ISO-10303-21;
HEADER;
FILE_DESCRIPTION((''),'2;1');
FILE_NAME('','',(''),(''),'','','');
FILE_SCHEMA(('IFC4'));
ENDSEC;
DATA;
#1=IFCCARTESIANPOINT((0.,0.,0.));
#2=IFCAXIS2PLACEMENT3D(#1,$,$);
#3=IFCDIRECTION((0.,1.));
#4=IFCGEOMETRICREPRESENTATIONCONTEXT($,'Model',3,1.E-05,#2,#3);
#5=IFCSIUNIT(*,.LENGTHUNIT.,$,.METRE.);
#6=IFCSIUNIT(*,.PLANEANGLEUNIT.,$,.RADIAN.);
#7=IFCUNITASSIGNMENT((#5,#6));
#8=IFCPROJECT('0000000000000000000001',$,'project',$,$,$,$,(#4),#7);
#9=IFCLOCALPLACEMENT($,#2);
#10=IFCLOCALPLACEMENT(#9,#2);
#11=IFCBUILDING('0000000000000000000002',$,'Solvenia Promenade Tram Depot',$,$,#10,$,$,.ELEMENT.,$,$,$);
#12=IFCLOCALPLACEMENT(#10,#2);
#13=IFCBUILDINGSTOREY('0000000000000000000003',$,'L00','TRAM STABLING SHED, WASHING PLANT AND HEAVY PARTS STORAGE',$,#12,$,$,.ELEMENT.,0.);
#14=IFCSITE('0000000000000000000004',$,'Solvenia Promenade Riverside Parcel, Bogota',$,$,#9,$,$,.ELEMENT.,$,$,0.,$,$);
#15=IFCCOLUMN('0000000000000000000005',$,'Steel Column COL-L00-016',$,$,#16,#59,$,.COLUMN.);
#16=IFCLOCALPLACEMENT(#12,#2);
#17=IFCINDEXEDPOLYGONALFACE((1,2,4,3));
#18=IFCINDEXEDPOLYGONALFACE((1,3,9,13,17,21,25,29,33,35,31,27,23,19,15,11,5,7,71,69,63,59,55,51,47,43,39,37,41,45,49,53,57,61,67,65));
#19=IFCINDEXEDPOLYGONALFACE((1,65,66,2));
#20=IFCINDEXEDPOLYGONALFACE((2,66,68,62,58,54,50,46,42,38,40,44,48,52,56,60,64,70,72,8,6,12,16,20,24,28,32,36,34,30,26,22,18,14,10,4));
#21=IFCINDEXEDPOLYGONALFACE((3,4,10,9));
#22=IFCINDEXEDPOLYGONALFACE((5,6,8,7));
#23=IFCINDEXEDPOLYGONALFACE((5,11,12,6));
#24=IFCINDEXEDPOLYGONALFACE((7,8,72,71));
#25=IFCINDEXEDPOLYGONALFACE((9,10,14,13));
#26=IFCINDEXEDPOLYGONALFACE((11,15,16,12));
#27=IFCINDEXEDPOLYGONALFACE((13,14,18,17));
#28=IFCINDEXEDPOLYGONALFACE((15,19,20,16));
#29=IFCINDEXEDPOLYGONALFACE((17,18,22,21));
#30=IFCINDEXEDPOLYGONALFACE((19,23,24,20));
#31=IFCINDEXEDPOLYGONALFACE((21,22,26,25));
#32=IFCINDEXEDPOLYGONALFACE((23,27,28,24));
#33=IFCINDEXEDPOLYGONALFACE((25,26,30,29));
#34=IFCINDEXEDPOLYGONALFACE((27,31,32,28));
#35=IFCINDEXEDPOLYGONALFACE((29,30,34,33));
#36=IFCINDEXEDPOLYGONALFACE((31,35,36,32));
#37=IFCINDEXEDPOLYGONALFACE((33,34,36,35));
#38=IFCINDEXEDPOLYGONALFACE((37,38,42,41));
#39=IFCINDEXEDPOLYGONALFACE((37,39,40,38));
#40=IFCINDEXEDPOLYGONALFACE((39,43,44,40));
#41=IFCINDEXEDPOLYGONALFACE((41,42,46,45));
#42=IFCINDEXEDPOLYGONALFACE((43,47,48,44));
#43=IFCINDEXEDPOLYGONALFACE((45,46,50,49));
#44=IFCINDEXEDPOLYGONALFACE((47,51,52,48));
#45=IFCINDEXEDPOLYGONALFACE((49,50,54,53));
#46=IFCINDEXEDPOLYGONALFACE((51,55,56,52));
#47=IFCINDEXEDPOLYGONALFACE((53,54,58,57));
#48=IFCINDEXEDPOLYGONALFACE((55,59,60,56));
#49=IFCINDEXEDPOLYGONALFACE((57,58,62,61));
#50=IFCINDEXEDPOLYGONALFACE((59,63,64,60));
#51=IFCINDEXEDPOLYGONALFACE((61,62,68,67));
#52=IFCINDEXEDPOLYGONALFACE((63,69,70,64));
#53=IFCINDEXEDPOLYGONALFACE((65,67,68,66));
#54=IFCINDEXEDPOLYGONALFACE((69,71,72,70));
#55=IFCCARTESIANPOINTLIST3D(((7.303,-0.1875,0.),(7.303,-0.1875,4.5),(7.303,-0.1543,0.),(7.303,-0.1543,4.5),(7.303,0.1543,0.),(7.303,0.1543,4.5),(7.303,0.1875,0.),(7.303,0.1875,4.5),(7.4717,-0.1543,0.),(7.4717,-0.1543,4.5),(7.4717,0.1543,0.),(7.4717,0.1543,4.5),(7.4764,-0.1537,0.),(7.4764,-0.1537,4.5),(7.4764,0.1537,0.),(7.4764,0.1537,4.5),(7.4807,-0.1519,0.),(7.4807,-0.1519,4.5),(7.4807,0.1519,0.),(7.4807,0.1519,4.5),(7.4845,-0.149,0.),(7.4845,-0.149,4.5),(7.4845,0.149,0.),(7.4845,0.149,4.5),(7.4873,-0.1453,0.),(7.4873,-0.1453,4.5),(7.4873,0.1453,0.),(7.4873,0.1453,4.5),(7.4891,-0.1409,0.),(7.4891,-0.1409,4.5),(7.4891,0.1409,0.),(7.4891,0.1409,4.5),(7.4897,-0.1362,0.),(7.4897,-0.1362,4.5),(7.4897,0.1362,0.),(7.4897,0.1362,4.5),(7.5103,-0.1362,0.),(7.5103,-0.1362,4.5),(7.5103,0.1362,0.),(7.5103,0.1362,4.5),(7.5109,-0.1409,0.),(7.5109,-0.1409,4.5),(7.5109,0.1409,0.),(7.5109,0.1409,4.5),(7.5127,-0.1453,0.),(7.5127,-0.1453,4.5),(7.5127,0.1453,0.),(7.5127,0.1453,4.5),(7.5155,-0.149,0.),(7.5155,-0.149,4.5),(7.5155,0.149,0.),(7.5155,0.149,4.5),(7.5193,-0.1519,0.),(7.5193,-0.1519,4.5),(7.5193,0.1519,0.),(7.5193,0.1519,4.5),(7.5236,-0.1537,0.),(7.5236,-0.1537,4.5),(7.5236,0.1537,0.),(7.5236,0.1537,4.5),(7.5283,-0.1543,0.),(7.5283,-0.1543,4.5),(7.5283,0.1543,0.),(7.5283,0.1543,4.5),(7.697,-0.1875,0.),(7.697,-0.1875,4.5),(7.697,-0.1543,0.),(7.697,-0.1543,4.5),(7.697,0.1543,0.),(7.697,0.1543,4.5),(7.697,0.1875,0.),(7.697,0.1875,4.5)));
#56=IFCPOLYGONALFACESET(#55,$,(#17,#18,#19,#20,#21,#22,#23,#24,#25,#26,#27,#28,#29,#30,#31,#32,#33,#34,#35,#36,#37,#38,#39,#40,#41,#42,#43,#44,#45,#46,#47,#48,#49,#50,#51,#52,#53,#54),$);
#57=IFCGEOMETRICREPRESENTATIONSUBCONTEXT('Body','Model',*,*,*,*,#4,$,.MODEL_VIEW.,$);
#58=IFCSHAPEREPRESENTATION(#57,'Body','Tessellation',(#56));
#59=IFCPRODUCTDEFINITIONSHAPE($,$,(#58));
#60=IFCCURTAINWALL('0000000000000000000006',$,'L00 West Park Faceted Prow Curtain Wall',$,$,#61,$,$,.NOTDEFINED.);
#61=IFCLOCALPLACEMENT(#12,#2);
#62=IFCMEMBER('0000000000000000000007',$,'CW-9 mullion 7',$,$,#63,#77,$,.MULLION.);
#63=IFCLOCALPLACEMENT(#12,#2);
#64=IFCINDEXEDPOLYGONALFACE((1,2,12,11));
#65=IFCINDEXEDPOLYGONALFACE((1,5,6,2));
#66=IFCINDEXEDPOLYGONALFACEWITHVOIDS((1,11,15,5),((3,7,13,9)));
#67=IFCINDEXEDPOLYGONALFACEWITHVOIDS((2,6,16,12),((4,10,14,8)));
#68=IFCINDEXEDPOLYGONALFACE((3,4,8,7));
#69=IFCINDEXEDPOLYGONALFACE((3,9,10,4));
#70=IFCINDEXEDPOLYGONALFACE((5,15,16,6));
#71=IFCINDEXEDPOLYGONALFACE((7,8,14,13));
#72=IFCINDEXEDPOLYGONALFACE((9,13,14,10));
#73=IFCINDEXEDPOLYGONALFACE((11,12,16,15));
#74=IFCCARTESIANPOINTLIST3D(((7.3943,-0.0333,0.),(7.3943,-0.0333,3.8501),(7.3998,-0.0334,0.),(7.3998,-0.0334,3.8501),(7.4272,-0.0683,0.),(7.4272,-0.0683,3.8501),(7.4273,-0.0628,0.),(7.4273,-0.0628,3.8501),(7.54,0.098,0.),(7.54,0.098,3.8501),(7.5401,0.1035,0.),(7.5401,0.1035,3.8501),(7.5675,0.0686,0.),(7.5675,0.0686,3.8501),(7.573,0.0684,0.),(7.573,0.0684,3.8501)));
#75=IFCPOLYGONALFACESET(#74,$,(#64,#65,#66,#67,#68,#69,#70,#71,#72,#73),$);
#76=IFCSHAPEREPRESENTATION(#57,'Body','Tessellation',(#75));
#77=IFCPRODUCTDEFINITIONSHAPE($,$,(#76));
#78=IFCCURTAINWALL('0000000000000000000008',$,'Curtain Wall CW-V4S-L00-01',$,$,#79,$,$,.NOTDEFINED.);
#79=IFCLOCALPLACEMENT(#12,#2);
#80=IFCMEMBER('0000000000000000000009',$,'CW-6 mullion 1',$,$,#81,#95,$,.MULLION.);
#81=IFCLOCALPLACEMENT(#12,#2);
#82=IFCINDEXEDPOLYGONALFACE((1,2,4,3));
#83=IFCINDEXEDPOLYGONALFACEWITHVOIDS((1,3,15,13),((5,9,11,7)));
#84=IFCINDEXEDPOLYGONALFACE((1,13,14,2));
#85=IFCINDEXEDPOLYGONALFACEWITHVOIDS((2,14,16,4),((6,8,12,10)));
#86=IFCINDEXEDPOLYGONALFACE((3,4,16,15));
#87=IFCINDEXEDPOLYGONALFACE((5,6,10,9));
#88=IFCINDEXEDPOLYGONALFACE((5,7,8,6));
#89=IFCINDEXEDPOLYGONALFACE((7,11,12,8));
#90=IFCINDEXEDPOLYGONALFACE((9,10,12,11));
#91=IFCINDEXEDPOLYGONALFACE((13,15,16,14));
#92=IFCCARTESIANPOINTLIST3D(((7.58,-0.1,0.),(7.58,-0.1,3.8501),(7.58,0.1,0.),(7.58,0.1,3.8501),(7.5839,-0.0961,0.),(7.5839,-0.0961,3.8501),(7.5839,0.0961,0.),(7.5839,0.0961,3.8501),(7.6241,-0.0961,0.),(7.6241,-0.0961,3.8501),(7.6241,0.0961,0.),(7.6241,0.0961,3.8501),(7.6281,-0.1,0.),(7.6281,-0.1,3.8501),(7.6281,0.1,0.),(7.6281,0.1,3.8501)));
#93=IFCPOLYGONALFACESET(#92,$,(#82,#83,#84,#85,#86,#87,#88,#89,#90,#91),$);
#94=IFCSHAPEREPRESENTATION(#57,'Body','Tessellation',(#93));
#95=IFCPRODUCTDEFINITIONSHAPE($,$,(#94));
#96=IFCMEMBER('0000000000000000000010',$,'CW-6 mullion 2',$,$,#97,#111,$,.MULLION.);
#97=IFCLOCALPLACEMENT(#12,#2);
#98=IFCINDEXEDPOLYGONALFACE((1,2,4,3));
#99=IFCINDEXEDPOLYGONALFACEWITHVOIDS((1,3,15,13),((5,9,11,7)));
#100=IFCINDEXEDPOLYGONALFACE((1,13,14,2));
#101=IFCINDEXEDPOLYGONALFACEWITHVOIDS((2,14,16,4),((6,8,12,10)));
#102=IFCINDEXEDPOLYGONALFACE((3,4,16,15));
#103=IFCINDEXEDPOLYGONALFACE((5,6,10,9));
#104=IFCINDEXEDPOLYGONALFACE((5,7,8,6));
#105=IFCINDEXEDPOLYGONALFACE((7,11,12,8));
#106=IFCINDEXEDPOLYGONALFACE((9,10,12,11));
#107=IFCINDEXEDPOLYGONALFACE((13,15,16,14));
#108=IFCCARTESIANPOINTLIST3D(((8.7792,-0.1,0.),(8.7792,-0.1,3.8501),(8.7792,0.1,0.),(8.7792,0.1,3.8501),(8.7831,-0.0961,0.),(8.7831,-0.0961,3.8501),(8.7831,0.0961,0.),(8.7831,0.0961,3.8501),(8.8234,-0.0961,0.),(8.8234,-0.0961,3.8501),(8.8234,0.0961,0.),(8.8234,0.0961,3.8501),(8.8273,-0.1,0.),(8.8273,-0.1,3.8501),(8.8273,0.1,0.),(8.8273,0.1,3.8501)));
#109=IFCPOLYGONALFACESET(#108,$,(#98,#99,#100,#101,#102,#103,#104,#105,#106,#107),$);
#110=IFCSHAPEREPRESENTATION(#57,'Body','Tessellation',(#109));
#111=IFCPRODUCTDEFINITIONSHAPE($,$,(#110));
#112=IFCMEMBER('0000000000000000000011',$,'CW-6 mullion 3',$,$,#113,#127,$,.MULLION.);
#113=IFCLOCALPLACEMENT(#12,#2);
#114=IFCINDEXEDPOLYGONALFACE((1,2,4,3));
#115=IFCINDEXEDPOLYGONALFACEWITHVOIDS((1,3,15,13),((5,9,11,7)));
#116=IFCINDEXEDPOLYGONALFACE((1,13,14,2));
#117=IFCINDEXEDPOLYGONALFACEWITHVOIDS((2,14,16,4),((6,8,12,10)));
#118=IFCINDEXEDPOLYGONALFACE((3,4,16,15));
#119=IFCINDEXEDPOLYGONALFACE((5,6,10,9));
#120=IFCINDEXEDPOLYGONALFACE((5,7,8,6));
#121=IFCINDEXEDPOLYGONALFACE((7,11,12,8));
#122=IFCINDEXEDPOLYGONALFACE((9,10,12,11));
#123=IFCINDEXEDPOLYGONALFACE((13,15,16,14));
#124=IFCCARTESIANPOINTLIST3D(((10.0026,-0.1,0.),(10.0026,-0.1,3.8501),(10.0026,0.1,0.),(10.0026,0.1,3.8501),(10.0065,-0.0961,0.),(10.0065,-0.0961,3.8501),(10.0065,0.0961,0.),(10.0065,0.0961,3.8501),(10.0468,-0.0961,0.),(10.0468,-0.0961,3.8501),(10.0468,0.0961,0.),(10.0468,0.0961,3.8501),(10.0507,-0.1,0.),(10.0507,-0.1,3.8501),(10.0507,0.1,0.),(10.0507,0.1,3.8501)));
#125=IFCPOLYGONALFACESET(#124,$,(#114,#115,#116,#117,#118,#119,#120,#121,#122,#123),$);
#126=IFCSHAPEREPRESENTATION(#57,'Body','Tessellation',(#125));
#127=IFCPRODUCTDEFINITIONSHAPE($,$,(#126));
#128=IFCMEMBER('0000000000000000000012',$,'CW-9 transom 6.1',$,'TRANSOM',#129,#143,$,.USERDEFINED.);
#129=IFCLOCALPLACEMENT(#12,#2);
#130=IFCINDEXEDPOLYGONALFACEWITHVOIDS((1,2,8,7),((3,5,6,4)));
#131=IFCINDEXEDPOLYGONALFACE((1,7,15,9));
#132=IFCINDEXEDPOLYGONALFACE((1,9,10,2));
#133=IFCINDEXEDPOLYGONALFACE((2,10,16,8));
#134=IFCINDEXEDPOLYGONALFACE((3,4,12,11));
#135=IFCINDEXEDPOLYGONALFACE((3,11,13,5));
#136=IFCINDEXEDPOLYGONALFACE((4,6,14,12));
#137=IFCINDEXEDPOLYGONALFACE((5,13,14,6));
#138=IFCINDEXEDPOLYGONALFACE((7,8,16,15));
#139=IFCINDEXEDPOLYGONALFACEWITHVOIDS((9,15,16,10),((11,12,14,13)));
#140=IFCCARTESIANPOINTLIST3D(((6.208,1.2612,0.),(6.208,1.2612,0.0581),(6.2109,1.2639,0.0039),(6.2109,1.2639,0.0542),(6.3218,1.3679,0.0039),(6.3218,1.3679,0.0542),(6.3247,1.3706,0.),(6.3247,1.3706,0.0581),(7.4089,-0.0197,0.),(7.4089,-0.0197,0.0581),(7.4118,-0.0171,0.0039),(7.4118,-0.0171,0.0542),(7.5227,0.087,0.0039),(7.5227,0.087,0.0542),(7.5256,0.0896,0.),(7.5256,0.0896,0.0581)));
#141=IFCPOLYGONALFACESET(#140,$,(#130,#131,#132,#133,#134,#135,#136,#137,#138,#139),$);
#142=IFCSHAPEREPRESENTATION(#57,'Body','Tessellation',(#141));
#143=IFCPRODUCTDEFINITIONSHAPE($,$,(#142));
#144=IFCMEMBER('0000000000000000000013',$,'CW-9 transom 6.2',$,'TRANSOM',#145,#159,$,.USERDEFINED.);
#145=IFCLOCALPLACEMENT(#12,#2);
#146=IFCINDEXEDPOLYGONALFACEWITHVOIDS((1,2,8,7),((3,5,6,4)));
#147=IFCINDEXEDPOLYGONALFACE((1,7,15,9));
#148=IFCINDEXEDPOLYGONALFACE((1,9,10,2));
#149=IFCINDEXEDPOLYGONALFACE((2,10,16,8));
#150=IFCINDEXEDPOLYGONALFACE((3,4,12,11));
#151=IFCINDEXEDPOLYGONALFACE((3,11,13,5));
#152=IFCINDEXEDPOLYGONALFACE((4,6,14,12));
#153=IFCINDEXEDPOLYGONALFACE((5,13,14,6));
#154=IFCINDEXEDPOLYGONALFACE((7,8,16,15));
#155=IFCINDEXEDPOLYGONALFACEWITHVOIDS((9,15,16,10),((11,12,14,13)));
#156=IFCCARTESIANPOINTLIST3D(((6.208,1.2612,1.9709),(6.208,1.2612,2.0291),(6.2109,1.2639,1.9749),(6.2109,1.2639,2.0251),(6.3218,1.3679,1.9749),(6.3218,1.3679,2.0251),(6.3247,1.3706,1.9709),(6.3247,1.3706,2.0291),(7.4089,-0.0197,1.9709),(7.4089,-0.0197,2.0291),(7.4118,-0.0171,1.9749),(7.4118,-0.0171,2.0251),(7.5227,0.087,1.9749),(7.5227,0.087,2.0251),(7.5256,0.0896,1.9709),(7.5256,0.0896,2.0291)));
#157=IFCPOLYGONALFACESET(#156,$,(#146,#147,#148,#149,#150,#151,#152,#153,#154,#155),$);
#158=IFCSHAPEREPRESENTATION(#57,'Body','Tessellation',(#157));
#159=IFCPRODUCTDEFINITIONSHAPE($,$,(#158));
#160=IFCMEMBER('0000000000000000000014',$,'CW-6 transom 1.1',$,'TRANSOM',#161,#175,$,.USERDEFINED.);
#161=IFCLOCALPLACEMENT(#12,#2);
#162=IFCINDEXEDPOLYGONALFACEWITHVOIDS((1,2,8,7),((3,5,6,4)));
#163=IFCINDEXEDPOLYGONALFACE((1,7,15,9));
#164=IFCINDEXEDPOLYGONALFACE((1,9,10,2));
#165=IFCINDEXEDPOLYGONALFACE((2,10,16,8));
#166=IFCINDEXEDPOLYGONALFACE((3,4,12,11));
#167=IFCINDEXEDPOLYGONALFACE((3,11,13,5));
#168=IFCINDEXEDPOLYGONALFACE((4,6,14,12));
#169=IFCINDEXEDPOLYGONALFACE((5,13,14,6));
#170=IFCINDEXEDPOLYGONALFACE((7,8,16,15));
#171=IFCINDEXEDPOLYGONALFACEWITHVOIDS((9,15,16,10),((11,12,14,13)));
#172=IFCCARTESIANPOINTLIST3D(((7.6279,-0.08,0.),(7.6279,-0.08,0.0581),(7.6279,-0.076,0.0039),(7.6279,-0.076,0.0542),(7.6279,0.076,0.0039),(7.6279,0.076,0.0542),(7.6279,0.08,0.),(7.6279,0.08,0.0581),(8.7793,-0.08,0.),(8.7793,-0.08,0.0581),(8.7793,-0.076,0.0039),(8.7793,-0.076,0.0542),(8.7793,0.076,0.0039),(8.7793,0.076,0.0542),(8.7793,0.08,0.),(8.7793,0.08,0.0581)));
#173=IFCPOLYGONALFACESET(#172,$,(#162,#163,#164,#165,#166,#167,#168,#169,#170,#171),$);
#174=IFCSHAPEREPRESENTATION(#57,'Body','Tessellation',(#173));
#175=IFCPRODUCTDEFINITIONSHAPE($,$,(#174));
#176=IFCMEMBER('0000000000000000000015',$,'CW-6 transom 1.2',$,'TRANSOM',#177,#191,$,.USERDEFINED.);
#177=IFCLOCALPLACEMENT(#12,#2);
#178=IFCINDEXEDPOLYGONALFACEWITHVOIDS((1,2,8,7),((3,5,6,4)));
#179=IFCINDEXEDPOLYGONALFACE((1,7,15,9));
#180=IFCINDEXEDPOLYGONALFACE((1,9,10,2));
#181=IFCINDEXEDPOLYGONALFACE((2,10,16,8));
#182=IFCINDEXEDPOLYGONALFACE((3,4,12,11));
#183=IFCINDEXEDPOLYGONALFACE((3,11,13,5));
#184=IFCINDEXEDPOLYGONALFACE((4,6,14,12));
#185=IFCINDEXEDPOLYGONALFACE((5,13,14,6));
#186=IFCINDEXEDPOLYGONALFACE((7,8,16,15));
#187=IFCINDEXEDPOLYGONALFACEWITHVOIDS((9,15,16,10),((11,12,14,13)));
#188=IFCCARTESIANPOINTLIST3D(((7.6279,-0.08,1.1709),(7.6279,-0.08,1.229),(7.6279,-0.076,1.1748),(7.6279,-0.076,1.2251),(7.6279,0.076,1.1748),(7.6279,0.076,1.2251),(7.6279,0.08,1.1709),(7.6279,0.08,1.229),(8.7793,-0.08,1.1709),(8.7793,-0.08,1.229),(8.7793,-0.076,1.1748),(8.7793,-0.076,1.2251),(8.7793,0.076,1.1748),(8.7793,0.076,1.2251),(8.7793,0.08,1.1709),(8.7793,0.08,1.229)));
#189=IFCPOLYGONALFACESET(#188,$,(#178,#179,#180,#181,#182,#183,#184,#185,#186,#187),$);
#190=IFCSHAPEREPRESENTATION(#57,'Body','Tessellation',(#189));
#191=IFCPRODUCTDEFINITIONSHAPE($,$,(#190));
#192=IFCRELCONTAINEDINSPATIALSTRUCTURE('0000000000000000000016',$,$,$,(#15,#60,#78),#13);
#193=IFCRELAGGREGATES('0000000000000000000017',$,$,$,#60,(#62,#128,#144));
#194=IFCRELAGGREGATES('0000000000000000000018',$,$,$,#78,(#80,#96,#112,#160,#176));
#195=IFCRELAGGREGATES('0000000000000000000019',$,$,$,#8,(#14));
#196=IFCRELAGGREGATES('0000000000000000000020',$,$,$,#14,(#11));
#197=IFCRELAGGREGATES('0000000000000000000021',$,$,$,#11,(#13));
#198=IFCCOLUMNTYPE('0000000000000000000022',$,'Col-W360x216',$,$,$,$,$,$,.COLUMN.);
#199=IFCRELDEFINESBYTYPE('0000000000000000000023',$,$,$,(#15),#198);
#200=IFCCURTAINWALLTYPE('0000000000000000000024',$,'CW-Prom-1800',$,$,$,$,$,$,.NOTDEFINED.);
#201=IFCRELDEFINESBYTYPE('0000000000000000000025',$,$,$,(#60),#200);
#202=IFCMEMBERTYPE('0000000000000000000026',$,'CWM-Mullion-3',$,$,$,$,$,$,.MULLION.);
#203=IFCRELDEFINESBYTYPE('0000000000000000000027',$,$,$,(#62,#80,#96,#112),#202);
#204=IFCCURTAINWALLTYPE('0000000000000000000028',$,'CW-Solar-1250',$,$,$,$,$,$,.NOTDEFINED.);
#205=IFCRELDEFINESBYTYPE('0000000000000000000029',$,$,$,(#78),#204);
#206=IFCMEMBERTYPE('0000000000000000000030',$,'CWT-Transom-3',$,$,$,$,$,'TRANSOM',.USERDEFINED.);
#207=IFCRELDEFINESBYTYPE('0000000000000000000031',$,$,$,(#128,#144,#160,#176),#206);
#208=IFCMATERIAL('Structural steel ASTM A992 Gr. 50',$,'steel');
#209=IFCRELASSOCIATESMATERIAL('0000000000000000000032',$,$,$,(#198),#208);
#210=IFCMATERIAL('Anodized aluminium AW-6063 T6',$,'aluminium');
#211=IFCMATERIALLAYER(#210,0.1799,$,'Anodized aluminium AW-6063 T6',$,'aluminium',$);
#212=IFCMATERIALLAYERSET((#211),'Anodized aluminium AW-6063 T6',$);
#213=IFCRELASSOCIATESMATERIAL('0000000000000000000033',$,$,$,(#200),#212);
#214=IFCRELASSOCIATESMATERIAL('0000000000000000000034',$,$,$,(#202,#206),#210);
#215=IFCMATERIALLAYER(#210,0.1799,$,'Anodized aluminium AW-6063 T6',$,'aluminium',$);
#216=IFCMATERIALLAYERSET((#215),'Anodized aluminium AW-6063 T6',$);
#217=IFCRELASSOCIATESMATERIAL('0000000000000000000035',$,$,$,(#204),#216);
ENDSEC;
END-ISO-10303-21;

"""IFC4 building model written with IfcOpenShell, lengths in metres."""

from ifc_helpers import new_model, si_unit, direction, frame, origin, origin_2d, place, context, subcontext, project, spatial, hollow_rectangle, i_section, extrude, material, layer, layer_set, material_profile, profile_set, type_object, element, aggregate, save


model = new_model("IFC4")

# Units and contexts
model_context = context("Model", 3, precision=1e-05, world=origin(), true_north=direction((0.0, 1.0)))
body_context = subcontext(model_context, "Body", "Model", "MODEL_VIEW")
ifc_project = project(units=[si_unit("LENGTHUNIT", "METRE"), si_unit("PLANEANGLEUNIT", "RADIAN")], contexts=[model_context])

# Site, building, storey
site_placement = place(None, origin())
site = spatial("IfcSite", under=ifc_project, at=site_placement, Name="Solvenia Promenade Riverside Parcel, Bogota", CompositionType="ELEMENT", RefElevation=0.0)
building_placement = place(site_placement, origin())
building = spatial("IfcBuilding", under=site, at=building_placement, Name="Solvenia Promenade Tram Depot", CompositionType="ELEMENT")
storey_placement = place(building_placement, origin())
storey = spatial("IfcBuildingStorey", under=building, at=storey_placement, Name="L00", Description="TRAM STABLING SHED, WASHING PLANT AND HEAVY PARTS STORAGE", CompositionType="ELEMENT", Elevation=0.0)

# Column
ifc_material_1 = material(Name="Structural steel ASTM A992 Gr. 50", Category="steel")
ifc_material_profile_1 = material_profile(ifc_material_1, i_section(OverallWidth=0.394, OverallDepth=0.375, WebThickness=0.0205, FlangeThickness=0.0332, FilletRadius=0.0181, at=origin_2d()), Name="W360x216", Category="steel")
ifc_profile_set_1 = profile_set([ifc_material_profile_1], Name="Structural steel ASTM A992 Gr. 50")
column_type = type_object("IfcColumnType", Name="Col-W360x216", PredefinedType="COLUMN", material=ifc_profile_set_1)
column_placement = place(storey_placement, frame((7.5, 0.0, 0.0), z_axis=(0.0, 0.0, 1.0), x_axis=(1.0, 0.0, 0.0)))
element("IfcColumn", 1, at=column_placement, inside=storey, type_object=column_type, Name="Steel Column COL-L00-016", PredefinedType="COLUMN", context=body_context, shape_type="SweptSolid", body=[
    extrude(i_section(OverallWidth=0.394, OverallDepth=0.375, WebThickness=0.0205, FlangeThickness=0.0332, FilletRadius=0.0181, at=origin_2d()), origin(), (0.0, 0.0, 1.0), 4.5),
])

# Curtain wall, member
ifc_material_2 = material(Name="Anodized aluminium AW-6063 T6", Category="aluminium")
ifc_layer_1 = layer(ifc_material_2, 0.1799, Name="Anodized aluminium AW-6063 T6", Category="aluminium")
ifc_layer_set_1 = layer_set([ifc_layer_1], Name="Anodized aluminium AW-6063 T6")
curtain_wall_type_1 = type_object("IfcCurtainWallType", Name="CW-Prom-1800", PredefinedType="NOTDEFINED", material=ifc_layer_set_1)
curtain_wall_1_placement = place(storey_placement, origin())
curtain_wall_1 = element("IfcCurtainWall", 2, at=curtain_wall_1_placement, inside=storey, type_object=curtain_wall_type_1, Name="L00 West Park Faceted Prow Curtain Wall", PredefinedType="NOTDEFINED")
ifc_material_profile_2 = material_profile(ifc_material_2, hollow_rectangle(XDim=0.2, YDim=0.0481, WallThickness=0.0039, at=origin_2d()), Name="ALU-M3", Category="aluminium")
ifc_profile_set_2 = profile_set([ifc_material_profile_2], Name="Anodized aluminium AW-6063 T6")
member_type_1 = type_object("IfcMemberType", Name="CWM-Mullion-3", PredefinedType="MULLION", material=ifc_profile_set_2)
member_1_placement = place(storey_placement, frame((7.4836, 0.0176, 0.0), z_axis=(0.0, 0.0, 1.0), x_axis=(0.729537, 0.683941, 0.0)))
member_1 = element("IfcMember", 3, at=member_1_placement, type_object=member_type_1, Name="CW-9 mullion 7", PredefinedType="MULLION", context=body_context, shape_type="SweptSolid", body=[
    extrude(hollow_rectangle(XDim=0.2, YDim=0.0481, WallThickness=0.0039, at=origin_2d()), origin(), (0.0, 0.0, 1.0), 3.8501),
])

# Curtain wall, members
ifc_layer_2 = layer(ifc_material_2, 0.1799, Name="Anodized aluminium AW-6063 T6", Category="aluminium")
ifc_layer_set_2 = layer_set([ifc_layer_2], Name="Anodized aluminium AW-6063 T6")
curtain_wall_type_2 = type_object("IfcCurtainWallType", Name="CW-Solar-1250", PredefinedType="NOTDEFINED", material=ifc_layer_set_2)
curtain_wall_2_placement = place(storey_placement, origin())
curtain_wall_2 = element("IfcCurtainWall", 4, at=curtain_wall_2_placement, inside=storey, type_object=curtain_wall_type_2, Name="Curtain Wall CW-V4S-L00-01", PredefinedType="NOTDEFINED")
member_2_placement = place(storey_placement, frame((7.604, 0.0, 0.0), z_axis=(0.0, 0.0, 1.0), x_axis=(0.0, 1.0, 0.0)))
member_2 = element("IfcMember", 5, at=member_2_placement, type_object=member_type_1, Name="CW-6 mullion 1", PredefinedType="MULLION", context=body_context, shape_type="SweptSolid", body=[
    extrude(hollow_rectangle(XDim=0.2, YDim=0.0481, WallThickness=0.0039, at=origin_2d()), origin(), (0.0, 0.0, 1.0), 3.8501),
])
member_3_placement = place(storey_placement, frame((8.8032, 0.0, 0.0), z_axis=(0.0, 0.0, 1.0), x_axis=(0.0, 1.0, 0.0)))
member_3 = element("IfcMember", 6, at=member_3_placement, type_object=member_type_1, Name="CW-6 mullion 2", PredefinedType="MULLION", context=body_context, shape_type="SweptSolid", body=[
    extrude(hollow_rectangle(XDim=0.2, YDim=0.0481, WallThickness=0.0039, at=origin_2d()), origin(), (0.0, 0.0, 1.0), 3.8501),
])
member_4_placement = place(storey_placement, frame((10.0266, 0.0, 0.0), z_axis=(0.0, 0.0, 1.0), x_axis=(0.0, 1.0, 0.0)))
member_4 = element("IfcMember", 7, at=member_4_placement, type_object=member_type_1, Name="CW-6 mullion 3", PredefinedType="MULLION", context=body_context, shape_type="SweptSolid", body=[
    extrude(hollow_rectangle(XDim=0.2, YDim=0.0481, WallThickness=0.0039, at=origin_2d()), origin(), (0.0, 0.0, 1.0), 3.8501),
])

# Members
ifc_material_profile_3 = material_profile(ifc_material_2, hollow_rectangle(XDim=0.1599, YDim=0.0581, WallThickness=0.0039, at=origin_2d()), Name="ALU-T3", Category="aluminium")
ifc_profile_set_3 = profile_set([ifc_material_profile_3], Name="Anodized aluminium AW-6063 T6")
member_type_2 = type_object("IfcMemberType", Name="CWT-Transom-3", ElementType="TRANSOM", PredefinedType="USERDEFINED", material=ifc_profile_set_3)
member_5_placement = place(storey_placement, frame((6.2664, 1.3159, 0.0291), z_axis=(0.683937, -0.729542, 0.0), x_axis=(0.729542, 0.683937, 0.0)))
member_5 = element("IfcMember", 8, at=member_5_placement, type_object=member_type_2, Name="CW-9 transom 6.1", ObjectType="TRANSOM", PredefinedType="USERDEFINED", context=body_context, shape_type="SweptSolid", body=[
    extrude(hollow_rectangle(XDim=0.1599, YDim=0.0581, WallThickness=0.0039, at=origin_2d()), origin(), (0.0, 0.0, 1.0), 1.7559),
])
member_6_placement = place(storey_placement, frame((6.2664, 1.3159, 2.0), z_axis=(0.683937, -0.729542, 0.0), x_axis=(0.729542, 0.683937, 0.0)))
member_6 = element("IfcMember", 9, at=member_6_placement, type_object=member_type_2, Name="CW-9 transom 6.2", ObjectType="TRANSOM", PredefinedType="USERDEFINED", context=body_context, shape_type="SweptSolid", body=[
    extrude(hollow_rectangle(XDim=0.1599, YDim=0.0581, WallThickness=0.0039, at=origin_2d()), origin(), (0.0, 0.0, 1.0), 1.7559),
])
member_7_placement = place(storey_placement, frame((7.6279, 0.0, 0.0291), z_axis=(1.0, 0.0, 0.0), x_axis=(0.0, 1.0, 0.0)))
member_7 = element("IfcMember", 10, at=member_7_placement, type_object=member_type_2, Name="CW-6 transom 1.1", ObjectType="TRANSOM", PredefinedType="USERDEFINED", context=body_context, shape_type="SweptSolid", body=[
    extrude(hollow_rectangle(XDim=0.1599, YDim=0.0581, WallThickness=0.0039, at=origin_2d()), origin(), (0.0, 0.0, 1.0), 1.1514),
])
member_8_placement = place(storey_placement, frame((7.6279, 0.0, 1.2), z_axis=(1.0, 0.0, 0.0), x_axis=(0.0, 1.0, 0.0)))
member_8 = element("IfcMember", 11, at=member_8_placement, type_object=member_type_2, Name="CW-6 transom 1.2", ObjectType="TRANSOM", PredefinedType="USERDEFINED", context=body_context, shape_type="SweptSolid", body=[
    extrude(hollow_rectangle(XDim=0.1599, YDim=0.0581, WallThickness=0.0039, at=origin_2d()), origin(), (0.0, 0.0, 1.0), 1.1514),
])

aggregate(curtain_wall_1, [member_1, member_5, member_6])
aggregate(curtain_wall_2, [member_2, member_3, member_4, member_7, member_8])

save(model, "model.ifc")
